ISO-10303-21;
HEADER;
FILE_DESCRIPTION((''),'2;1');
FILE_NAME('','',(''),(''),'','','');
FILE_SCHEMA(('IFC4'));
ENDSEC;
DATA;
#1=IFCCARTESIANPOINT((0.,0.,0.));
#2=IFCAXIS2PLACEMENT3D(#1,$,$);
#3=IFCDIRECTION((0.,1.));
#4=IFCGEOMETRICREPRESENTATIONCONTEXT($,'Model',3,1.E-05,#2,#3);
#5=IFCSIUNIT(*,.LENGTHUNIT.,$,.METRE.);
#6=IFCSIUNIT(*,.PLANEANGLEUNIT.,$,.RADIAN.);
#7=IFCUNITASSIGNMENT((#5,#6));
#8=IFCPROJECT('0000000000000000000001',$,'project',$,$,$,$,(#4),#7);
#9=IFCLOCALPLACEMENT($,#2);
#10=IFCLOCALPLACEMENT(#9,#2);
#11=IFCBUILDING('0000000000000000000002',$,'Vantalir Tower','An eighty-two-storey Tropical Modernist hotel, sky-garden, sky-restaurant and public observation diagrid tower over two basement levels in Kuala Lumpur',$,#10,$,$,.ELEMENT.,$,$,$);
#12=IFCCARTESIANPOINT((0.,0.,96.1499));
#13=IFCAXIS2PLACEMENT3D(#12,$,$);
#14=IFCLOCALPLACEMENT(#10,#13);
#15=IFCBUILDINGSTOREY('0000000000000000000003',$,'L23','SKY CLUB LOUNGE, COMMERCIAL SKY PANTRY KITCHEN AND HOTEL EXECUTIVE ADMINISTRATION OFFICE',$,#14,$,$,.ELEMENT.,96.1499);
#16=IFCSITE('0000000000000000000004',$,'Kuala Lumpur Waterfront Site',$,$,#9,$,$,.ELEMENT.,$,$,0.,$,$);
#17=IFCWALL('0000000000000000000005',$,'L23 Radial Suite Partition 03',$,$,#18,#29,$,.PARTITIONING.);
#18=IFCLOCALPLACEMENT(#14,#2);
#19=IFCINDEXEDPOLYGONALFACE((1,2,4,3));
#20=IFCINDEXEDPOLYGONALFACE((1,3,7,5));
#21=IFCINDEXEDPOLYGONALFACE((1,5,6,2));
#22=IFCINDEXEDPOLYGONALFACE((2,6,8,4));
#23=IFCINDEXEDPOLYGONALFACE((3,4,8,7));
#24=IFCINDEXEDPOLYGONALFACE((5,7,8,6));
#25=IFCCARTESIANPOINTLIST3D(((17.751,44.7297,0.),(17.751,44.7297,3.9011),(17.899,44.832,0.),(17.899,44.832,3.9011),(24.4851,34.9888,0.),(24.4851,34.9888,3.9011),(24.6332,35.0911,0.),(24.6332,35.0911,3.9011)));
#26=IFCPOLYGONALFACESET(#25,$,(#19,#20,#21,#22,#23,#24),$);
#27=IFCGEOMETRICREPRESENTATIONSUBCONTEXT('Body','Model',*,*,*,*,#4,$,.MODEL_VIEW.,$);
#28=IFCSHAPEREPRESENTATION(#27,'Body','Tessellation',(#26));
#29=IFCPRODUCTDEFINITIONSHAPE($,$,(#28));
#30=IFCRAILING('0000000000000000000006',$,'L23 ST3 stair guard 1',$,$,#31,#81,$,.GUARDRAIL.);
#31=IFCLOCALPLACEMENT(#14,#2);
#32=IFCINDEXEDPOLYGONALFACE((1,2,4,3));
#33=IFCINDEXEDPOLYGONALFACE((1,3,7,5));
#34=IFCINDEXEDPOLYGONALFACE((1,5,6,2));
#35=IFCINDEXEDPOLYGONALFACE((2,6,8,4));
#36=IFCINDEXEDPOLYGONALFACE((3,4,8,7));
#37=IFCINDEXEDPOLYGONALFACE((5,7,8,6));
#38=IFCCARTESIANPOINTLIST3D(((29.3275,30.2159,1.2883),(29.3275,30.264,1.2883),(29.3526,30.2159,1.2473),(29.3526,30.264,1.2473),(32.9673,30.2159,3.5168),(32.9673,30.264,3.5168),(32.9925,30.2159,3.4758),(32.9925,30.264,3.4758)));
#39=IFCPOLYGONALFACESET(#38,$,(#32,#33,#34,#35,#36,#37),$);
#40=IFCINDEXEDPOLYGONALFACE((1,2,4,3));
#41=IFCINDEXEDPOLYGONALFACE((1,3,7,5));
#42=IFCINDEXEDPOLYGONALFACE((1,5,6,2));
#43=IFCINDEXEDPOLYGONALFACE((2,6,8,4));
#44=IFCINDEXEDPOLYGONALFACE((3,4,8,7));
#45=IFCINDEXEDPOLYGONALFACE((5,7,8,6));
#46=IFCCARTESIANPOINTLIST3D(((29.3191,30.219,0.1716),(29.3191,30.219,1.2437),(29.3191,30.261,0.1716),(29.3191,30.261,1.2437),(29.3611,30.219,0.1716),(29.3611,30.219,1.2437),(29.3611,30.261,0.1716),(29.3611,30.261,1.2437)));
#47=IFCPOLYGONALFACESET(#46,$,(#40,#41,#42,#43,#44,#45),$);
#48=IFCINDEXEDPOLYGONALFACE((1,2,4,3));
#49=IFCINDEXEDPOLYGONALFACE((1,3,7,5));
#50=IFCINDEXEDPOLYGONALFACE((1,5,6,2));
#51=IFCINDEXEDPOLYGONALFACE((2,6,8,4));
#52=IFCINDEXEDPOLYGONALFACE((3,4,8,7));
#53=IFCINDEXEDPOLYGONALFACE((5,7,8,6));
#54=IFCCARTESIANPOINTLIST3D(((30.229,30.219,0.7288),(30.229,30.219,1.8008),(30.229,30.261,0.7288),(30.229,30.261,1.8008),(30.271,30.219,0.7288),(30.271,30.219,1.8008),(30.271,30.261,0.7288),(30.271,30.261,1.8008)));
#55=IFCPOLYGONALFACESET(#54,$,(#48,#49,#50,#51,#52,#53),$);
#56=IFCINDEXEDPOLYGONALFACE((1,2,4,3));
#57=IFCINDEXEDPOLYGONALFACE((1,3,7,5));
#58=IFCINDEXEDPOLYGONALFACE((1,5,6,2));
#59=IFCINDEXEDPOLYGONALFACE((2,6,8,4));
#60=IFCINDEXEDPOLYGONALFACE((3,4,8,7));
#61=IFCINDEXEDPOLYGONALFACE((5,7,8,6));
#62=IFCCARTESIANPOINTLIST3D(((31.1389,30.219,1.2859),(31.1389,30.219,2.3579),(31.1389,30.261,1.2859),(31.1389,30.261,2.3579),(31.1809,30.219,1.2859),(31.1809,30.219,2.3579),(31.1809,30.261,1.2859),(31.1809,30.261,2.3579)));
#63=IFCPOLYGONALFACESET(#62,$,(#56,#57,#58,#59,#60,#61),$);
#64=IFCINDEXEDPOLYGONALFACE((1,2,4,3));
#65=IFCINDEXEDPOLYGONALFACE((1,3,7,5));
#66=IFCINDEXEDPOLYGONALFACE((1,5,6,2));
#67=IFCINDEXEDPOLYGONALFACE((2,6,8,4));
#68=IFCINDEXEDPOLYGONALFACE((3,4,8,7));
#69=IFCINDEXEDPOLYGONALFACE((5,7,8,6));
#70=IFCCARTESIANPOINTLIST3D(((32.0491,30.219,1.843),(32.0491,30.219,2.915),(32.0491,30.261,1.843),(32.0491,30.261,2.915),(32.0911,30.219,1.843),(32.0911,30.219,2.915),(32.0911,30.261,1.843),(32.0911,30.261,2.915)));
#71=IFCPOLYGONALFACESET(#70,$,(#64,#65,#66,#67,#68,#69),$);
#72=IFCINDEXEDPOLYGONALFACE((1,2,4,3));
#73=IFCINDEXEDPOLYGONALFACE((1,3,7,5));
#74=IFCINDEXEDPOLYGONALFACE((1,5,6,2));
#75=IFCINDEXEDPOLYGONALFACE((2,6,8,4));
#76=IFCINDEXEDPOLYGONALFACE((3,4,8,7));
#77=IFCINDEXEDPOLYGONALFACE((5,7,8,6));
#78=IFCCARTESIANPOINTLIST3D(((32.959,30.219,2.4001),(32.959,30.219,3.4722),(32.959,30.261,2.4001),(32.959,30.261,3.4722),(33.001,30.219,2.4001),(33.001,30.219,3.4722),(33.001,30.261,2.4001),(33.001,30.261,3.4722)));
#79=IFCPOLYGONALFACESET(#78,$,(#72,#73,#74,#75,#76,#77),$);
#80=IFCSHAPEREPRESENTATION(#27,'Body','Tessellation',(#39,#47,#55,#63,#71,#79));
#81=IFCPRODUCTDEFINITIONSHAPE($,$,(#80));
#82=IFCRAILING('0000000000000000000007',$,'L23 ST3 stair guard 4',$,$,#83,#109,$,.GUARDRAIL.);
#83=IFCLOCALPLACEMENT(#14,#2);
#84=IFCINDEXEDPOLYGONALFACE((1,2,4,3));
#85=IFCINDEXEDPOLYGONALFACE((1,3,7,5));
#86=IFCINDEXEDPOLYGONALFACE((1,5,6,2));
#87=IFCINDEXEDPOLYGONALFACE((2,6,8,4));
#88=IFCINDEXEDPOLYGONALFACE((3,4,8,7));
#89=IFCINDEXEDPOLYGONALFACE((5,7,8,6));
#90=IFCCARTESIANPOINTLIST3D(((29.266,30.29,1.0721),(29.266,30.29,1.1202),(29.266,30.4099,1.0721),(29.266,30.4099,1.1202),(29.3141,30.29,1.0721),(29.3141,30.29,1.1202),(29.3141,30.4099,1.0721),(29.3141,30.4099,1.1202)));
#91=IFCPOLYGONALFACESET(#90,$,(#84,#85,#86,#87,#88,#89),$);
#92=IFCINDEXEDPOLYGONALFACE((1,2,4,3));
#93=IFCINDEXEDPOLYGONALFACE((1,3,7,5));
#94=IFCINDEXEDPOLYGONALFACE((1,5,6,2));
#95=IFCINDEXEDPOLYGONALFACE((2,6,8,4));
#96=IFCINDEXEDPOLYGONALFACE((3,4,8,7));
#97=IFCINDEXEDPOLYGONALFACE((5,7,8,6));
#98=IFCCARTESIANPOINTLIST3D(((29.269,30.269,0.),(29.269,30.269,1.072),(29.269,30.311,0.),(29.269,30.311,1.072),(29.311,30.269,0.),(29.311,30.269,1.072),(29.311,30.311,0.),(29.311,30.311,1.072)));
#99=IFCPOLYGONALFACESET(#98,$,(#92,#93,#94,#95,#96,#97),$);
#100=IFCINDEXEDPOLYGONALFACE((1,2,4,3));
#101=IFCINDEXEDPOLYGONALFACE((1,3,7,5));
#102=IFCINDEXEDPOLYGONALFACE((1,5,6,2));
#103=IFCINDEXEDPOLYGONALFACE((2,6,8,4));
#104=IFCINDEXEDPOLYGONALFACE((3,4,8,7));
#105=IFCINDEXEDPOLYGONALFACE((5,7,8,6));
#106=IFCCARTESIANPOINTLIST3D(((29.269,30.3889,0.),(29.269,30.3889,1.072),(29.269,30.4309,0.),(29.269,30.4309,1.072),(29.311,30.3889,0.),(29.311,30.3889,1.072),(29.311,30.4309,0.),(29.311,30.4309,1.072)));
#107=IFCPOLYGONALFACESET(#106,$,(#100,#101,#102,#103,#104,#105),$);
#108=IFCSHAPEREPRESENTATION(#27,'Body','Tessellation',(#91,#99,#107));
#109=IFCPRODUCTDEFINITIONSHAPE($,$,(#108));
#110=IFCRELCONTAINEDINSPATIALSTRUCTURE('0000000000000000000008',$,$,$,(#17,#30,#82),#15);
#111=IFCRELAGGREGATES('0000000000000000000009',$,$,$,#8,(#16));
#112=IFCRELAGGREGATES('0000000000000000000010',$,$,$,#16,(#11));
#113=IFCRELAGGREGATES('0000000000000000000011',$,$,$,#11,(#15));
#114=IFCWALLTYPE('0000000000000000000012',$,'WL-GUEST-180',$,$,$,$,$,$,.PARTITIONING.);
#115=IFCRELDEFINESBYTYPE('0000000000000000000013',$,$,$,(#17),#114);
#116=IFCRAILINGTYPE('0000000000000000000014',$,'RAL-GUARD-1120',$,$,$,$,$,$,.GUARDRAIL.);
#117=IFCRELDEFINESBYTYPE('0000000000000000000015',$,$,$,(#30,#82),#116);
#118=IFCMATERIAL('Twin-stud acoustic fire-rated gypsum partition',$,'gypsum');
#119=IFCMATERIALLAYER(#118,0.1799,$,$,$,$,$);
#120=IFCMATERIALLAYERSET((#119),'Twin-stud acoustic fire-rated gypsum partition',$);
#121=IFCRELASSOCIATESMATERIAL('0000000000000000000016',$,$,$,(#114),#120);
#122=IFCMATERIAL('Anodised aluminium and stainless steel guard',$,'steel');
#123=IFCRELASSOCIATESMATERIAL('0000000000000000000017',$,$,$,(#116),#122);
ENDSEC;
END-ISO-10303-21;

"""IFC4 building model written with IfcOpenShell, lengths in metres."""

from ifc_helpers import new_model, si_unit, direction, frame, frame_2d, origin, origin_2d, place, context, subcontext, project, spatial, rectangle, extrude, material, layer, layer_set, type_object, element, save


model = new_model("IFC4")

# Units and contexts
model_context = context("Model", 3, precision=1e-05, world=origin(), true_north=direction((0.0, 1.0)))
body_context = subcontext(model_context, "Body", "Model", "MODEL_VIEW")
ifc_project = project(units=[si_unit("LENGTHUNIT", "METRE"), si_unit("PLANEANGLEUNIT", "RADIAN")], contexts=[model_context])

# Site, building, storey
site_placement = place(None, origin())
site = spatial("IfcSite", under=ifc_project, at=site_placement, Name="Kuala Lumpur Waterfront Site", CompositionType="ELEMENT", RefElevation=0.0)
building_placement = place(site_placement, origin())
building = spatial("IfcBuilding", under=site, at=building_placement, Name="Vantalir Tower", Description="An eighty-two-storey Tropical Modernist hotel, sky-garden, sky-restaurant and public observation diagrid tower over two basement levels in Kuala Lumpur", CompositionType="ELEMENT")
storey_placement = place(building_placement, frame((0.0, 0.0, 96.1499)))
storey = spatial("IfcBuildingStorey", under=building, at=storey_placement, Name="L23", Description="SKY CLUB LOUNGE, COMMERCIAL SKY PANTRY KITCHEN AND HOTEL EXECUTIVE ADMINISTRATION OFFICE", CompositionType="ELEMENT", Elevation=96.1499)

# Wall
ifc_material_1 = material(Name="Twin-stud acoustic fire-rated gypsum partition", Category="gypsum")
ifc_layer_1 = layer(ifc_material_1, 0.1799)
ifc_layer_set_1 = layer_set([ifc_layer_1], Name="Twin-stud acoustic fire-rated gypsum partition")
wall_type_1 = type_object("IfcWallType", Name="WL-GUEST-180", PredefinedType="PARTITIONING", material=ifc_layer_set_1)
wall_1_placement = place(storey_placement, frame((24.5591, 35.04, 0.0), z_axis=(0.0, 0.0, 1.0), x_axis=(-0.568661, 0.822572, 0.0)))
element("IfcWall", 1, at=wall_1_placement, inside=storey, type_object=wall_type_1, Name="L23 Radial Suite Partition 03", PredefinedType="PARTITIONING", context=body_context, shape_type="SweptSolid", body=[
    extrude(rectangle(XDim=11.842, YDim=0.1799, at=frame_2d((5.9209, 0.0))), origin(), (0.0, 0.0, 1.0), 3.9011),
])

# Railings
ifc_material_2 = material(Name="Anodised aluminium and stainless steel guard", Category="steel")
railing_type = type_object("IfcRailingType", Name="RAL-GUARD-1120", PredefinedType="GUARDRAIL", material=ifc_material_2)
railing_1_placement = place(storey_placement, frame((29.3401, 30.24, 0.1716)))
element("IfcRailing", 2, at=railing_1_placement, inside=storey, type_object=railing_type, Name="L23 ST3 stair guard 1", PredefinedType="GUARDRAIL", context=body_context, shape_type="SweptSolid", body=[
    extrude(rectangle(XDim=0.0481, YDim=0.0481, at=origin_2d()), frame((0.0, 0.0, 1.0962), z_axis=(0.85285, 0.0, 0.522156), x_axis=(0.0, 1.0, 0.0)), (0.0, 0.0, 1.0), 4.2678),
    extrude(rectangle(XDim=0.042, YDim=0.042, at=origin_2d()), origin(), (0.0, 0.0, 1.0), 1.072),
    extrude(rectangle(XDim=0.042, YDim=0.042, at=origin_2d()), frame((0.9099, 0.0, 0.5571)), (0.0, 0.0, 1.0), 1.072),
    extrude(rectangle(XDim=0.042, YDim=0.042, at=origin_2d()), frame((1.8198, 0.0, 1.1143)), (0.0, 0.0, 1.0), 1.072),
    extrude(rectangle(XDim=0.042, YDim=0.042, at=origin_2d()), frame((2.73, 0.0, 1.6714)), (0.0, 0.0, 1.0), 1.072),
    extrude(rectangle(XDim=0.042, YDim=0.042, at=origin_2d()), frame((3.6399, 0.0, 2.2285)), (0.0, 0.0, 1.0), 1.072),
])
railing_2_placement = place(storey_placement, frame((29.29, 30.29, 0.0)))
element("IfcRailing", 3, at=railing_2_placement, inside=storey, type_object=railing_type, Name="L23 ST3 stair guard 4", PredefinedType="GUARDRAIL", context=body_context, shape_type="SweptSolid", body=[
    extrude(rectangle(XDim=0.0481, YDim=0.0481, at=origin_2d()), frame((0.0, 0.0, 1.0962), z_axis=(0.0, 1.0, 0.0), x_axis=(-1.0, 0.0, 0.0)), (0.0, 0.0, 1.0), 0.1199),
    extrude(rectangle(XDim=0.042, YDim=0.042, at=origin_2d()), origin(), (0.0, 0.0, 1.0), 1.072),
    extrude(rectangle(XDim=0.042, YDim=0.042, at=origin_2d()), frame((0.0, 0.1199, 0.0)), (0.0, 0.0, 1.0), 1.072),
])

save(model, "model.ifc")
